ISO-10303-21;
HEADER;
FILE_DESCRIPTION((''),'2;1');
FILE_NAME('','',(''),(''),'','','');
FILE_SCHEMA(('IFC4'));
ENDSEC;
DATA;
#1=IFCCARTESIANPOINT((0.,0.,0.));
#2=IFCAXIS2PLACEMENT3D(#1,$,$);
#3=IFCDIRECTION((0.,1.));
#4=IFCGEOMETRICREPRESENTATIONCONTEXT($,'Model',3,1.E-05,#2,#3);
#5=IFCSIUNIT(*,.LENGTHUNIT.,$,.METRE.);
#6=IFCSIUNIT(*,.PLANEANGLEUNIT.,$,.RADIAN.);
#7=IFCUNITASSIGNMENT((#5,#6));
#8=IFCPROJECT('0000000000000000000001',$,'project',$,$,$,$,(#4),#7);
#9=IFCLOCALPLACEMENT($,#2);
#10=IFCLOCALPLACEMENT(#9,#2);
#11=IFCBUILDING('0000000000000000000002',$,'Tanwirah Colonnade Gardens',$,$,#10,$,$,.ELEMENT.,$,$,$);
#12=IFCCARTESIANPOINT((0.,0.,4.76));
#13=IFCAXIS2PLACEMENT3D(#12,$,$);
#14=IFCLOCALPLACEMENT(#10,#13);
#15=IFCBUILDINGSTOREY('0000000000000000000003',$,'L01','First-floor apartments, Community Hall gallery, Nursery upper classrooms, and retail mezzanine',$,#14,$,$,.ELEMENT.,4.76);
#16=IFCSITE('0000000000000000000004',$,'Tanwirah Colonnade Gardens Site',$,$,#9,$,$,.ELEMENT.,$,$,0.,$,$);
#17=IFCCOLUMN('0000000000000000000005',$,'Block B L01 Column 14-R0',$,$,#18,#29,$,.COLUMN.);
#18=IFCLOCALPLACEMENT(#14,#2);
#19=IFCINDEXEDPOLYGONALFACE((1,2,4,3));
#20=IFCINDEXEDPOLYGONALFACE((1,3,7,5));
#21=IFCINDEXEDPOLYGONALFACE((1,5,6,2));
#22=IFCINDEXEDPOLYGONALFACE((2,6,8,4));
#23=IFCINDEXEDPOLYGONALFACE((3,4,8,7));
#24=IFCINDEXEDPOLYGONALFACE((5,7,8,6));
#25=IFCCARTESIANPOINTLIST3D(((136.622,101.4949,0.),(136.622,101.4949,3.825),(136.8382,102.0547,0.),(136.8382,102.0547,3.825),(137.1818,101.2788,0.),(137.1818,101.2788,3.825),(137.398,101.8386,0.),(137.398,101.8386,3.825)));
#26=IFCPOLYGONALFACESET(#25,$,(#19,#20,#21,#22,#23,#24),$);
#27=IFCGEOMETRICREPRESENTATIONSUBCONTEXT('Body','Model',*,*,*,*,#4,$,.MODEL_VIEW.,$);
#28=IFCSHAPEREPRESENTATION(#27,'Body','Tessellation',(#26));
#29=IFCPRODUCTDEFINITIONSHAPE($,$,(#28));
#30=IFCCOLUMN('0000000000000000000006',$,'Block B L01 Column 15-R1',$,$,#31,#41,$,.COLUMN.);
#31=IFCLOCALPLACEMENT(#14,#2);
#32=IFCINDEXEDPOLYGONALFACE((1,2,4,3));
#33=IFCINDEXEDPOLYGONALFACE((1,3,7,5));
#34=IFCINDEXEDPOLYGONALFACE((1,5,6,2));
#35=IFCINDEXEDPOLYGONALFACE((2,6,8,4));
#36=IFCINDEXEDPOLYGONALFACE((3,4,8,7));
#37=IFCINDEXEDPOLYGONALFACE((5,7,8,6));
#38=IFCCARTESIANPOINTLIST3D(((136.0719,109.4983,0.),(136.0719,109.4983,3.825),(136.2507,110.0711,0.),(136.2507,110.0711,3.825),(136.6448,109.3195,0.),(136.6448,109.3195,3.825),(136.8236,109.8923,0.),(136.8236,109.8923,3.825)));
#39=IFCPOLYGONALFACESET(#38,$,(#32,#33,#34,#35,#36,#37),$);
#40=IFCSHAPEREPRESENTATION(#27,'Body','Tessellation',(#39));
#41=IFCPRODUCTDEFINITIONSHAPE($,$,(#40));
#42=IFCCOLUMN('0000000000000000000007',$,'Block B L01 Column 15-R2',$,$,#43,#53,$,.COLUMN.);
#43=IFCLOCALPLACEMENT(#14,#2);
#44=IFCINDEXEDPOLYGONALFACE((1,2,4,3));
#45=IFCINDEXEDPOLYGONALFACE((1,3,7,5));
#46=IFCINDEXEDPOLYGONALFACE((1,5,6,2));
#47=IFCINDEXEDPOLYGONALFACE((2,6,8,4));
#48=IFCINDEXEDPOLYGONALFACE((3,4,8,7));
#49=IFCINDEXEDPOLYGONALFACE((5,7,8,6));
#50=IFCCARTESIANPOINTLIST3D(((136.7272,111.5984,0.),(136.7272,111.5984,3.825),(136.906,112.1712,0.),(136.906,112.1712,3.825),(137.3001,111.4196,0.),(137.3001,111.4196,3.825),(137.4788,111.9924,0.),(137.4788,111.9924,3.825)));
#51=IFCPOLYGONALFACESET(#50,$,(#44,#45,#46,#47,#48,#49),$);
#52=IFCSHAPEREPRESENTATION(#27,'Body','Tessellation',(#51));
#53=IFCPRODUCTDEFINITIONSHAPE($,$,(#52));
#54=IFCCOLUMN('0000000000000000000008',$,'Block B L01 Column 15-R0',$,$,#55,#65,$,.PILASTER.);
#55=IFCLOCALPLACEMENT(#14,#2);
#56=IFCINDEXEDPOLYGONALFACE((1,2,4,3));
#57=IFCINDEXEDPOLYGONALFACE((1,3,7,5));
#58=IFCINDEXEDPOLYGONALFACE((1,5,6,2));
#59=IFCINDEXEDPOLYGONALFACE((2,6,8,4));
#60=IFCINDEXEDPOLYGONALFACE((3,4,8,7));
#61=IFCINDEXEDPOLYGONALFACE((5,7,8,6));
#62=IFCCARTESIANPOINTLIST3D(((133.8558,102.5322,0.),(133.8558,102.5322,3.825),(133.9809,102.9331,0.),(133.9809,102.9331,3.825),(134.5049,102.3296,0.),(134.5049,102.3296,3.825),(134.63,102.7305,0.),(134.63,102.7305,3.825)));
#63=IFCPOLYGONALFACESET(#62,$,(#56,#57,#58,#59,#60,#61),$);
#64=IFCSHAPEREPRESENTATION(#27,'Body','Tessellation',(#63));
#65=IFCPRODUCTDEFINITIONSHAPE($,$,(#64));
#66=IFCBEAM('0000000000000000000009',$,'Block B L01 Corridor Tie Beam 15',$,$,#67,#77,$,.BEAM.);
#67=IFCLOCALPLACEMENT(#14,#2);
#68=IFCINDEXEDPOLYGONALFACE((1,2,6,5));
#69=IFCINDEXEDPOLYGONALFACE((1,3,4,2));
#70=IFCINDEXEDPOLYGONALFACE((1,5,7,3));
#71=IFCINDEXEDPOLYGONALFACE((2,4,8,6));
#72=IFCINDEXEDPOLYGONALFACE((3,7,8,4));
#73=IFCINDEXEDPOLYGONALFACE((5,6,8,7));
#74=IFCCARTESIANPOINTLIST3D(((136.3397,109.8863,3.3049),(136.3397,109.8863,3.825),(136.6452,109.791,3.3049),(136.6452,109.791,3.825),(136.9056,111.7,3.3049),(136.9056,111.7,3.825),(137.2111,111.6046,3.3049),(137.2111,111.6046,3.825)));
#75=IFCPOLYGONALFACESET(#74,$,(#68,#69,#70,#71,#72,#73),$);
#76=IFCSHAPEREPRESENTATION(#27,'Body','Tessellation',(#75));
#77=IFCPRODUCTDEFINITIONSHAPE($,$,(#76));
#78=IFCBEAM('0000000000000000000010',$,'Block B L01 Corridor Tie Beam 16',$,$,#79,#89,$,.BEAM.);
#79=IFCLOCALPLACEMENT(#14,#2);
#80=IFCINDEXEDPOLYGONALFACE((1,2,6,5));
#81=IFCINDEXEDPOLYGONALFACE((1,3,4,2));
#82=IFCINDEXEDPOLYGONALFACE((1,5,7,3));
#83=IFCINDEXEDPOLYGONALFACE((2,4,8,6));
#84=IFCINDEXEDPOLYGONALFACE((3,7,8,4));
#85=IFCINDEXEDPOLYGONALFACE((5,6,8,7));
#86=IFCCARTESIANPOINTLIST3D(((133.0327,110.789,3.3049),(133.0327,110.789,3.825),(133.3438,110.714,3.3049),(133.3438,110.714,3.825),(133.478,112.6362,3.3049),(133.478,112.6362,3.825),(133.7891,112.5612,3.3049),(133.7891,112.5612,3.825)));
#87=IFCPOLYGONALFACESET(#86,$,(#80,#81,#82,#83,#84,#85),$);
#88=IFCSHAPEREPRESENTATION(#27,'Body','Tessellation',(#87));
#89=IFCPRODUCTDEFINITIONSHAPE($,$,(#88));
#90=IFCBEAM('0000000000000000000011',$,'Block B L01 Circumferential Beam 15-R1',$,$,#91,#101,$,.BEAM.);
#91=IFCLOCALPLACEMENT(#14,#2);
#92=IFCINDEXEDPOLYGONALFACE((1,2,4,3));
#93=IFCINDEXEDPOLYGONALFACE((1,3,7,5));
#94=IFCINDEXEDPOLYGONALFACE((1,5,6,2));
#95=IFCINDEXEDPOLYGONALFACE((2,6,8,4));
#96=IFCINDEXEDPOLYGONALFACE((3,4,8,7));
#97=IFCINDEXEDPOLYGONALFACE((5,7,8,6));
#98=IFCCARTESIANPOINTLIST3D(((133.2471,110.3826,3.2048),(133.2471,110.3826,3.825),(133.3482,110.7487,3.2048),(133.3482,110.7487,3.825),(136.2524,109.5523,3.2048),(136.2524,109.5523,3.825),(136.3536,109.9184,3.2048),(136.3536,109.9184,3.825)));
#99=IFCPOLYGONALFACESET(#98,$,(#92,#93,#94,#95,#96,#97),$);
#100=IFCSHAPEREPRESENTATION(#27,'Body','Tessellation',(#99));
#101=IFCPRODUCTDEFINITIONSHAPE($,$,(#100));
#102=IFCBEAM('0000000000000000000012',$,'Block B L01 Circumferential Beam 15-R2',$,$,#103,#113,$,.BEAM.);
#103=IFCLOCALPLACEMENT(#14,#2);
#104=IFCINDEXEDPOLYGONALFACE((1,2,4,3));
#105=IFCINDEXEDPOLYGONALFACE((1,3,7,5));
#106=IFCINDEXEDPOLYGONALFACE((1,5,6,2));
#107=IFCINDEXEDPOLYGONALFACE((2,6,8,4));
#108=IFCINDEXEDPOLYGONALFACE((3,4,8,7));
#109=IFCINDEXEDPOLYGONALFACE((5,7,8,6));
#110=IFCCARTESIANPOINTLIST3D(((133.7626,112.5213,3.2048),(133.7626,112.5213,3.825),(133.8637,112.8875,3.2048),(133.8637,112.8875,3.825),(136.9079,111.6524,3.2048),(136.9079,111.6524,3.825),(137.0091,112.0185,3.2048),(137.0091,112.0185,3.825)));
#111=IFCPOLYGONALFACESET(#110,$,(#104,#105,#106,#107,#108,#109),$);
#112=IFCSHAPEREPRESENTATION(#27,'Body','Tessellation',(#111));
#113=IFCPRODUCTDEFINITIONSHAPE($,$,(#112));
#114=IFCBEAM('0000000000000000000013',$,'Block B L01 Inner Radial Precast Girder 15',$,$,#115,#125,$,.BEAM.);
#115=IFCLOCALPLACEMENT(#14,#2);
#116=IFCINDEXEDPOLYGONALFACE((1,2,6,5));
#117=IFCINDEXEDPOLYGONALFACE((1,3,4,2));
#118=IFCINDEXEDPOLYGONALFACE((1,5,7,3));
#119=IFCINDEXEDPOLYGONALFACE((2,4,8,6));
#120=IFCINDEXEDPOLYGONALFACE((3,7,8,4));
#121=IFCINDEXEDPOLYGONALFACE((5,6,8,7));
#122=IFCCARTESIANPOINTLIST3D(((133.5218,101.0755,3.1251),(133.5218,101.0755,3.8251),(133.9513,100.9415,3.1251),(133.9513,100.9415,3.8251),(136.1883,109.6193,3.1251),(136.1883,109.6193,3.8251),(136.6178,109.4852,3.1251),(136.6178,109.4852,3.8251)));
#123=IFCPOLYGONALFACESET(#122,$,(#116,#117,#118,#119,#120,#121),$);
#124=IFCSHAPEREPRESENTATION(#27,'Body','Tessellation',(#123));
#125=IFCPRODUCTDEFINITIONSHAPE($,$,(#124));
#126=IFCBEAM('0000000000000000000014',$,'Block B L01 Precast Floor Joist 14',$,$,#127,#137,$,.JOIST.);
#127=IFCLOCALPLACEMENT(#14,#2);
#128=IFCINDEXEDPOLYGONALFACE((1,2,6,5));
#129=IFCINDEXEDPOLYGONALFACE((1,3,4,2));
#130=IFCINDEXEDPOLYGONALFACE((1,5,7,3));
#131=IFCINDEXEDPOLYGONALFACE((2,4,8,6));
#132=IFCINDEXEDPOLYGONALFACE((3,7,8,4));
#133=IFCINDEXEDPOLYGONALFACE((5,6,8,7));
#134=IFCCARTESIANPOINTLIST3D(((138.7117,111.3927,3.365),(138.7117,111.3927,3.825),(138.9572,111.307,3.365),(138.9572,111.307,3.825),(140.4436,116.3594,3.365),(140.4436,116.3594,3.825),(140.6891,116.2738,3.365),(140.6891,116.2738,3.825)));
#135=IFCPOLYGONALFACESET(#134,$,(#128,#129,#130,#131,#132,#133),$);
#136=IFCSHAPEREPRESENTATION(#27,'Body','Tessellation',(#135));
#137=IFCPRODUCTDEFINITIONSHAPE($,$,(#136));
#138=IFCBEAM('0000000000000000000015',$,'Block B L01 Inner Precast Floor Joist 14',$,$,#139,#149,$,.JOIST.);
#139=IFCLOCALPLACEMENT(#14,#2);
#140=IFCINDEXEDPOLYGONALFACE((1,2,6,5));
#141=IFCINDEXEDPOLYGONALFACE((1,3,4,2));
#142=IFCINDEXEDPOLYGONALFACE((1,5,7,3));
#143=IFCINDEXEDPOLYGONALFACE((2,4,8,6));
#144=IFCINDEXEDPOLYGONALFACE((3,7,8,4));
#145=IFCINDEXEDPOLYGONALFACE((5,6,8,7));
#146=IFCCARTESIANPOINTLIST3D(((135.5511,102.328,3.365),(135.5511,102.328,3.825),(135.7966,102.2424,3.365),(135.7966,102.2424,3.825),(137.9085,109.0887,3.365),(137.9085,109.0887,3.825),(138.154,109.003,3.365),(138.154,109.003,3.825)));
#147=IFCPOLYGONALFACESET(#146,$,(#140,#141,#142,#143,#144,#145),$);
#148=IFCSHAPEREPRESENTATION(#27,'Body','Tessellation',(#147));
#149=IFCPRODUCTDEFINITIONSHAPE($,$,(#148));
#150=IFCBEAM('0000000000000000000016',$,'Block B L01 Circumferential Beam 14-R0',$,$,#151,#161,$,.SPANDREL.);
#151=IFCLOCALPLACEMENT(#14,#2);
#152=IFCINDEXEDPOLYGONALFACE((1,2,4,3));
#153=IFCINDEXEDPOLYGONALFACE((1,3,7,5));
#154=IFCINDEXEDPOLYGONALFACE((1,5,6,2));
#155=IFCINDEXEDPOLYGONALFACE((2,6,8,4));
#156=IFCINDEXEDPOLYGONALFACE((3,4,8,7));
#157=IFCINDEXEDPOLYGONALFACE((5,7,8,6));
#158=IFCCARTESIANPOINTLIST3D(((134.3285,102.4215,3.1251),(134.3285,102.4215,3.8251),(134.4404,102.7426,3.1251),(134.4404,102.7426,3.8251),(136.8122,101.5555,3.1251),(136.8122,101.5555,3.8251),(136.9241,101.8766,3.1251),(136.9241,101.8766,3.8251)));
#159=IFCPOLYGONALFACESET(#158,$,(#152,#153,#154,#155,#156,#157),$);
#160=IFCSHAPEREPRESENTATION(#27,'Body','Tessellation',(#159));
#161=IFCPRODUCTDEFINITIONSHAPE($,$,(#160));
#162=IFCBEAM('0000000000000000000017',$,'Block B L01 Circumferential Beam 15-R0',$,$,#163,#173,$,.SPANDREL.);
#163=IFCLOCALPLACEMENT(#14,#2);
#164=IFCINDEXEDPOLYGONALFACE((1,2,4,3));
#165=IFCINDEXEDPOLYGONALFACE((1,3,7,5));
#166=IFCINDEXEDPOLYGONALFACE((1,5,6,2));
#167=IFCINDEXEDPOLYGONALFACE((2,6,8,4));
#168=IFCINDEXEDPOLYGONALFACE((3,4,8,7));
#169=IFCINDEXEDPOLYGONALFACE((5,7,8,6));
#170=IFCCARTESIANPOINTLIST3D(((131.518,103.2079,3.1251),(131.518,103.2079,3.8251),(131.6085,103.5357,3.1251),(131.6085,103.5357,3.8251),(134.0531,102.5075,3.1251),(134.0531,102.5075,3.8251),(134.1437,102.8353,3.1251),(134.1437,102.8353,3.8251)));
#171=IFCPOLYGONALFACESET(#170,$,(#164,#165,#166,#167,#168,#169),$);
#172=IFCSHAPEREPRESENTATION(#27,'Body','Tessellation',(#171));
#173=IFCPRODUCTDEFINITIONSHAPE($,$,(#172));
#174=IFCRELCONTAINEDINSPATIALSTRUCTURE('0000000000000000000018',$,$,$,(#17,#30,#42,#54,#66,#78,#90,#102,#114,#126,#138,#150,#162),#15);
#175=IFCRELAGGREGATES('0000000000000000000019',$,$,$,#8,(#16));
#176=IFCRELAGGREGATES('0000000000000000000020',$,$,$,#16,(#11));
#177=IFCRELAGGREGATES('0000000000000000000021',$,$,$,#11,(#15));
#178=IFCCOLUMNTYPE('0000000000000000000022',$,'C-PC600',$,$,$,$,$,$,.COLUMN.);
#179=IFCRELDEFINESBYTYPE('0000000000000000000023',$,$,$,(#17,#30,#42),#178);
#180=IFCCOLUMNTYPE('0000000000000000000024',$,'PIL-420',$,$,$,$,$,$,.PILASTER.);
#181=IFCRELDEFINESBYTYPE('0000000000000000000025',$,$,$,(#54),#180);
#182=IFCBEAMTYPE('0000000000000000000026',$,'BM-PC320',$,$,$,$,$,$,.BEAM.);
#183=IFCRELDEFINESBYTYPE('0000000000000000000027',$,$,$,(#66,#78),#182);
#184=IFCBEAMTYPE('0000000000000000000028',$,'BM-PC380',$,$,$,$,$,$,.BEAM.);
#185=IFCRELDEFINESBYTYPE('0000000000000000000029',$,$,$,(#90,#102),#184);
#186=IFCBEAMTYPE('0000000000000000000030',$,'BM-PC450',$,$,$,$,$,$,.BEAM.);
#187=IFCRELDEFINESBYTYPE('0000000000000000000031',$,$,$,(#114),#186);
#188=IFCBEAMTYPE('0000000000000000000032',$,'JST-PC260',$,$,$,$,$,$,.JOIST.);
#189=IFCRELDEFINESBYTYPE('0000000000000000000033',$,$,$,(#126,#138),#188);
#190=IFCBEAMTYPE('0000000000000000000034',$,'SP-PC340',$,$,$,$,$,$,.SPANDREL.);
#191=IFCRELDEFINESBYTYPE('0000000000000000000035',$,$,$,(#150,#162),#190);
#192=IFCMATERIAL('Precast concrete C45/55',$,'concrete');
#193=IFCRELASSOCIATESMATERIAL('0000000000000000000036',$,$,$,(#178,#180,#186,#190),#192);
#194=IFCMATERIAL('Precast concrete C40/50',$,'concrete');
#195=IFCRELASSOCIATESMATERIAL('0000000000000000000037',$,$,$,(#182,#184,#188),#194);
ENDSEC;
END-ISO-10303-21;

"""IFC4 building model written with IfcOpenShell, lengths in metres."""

from ifc_helpers import new_model, si_unit, direction, frame, origin, origin_2d, place, context, subcontext, project, spatial, rectangle, extrude, material, material_profile, profile_set, type_object, element, save


model = new_model("IFC4")

# Units and contexts
model_context = context("Model", 3, precision=1e-05, world=origin(), true_north=direction((0.0, 1.0)))
body_context = subcontext(model_context, "Body", "Model", "MODEL_VIEW")
ifc_project = project(units=[si_unit("LENGTHUNIT", "METRE"), si_unit("PLANEANGLEUNIT", "RADIAN")], contexts=[model_context])

# Site, building, storey
site_placement = place(None, origin())
site = spatial("IfcSite", under=ifc_project, at=site_placement, Name="Tanwirah Colonnade Gardens Site", CompositionType="ELEMENT", RefElevation=0.0)
building_placement = place(site_placement, origin())
building = spatial("IfcBuilding", under=site, at=building_placement, Name="Tanwirah Colonnade Gardens", CompositionType="ELEMENT")
storey_placement = place(building_placement, frame((0.0, 0.0, 4.76)))
storey = spatial("IfcBuildingStorey", under=building, at=storey_placement, Name="L01", Description="First-floor apartments, Community Hall gallery, Nursery upper classrooms, and retail mezzanine", CompositionType="ELEMENT", Elevation=4.76)

# Columns
ifc_material_1 = material(Name="Precast concrete C45/55", Category="concrete")
ifc_material_profile_1 = material_profile(ifc_material_1, rectangle(XDim=0.6001, YDim=0.6001, at=origin_2d()), Name="PC-COL 600x600")
ifc_profile_set_1 = profile_set([ifc_material_profile_1], Name="Precast concrete C45/55")
column_type_1 = type_object("IfcColumnType", Name="C-PC600", PredefinedType="COLUMN", material=ifc_profile_set_1)
for number, where, z_axis, x_axis, name in (
    (1, (137.01, 101.6667, 0.0), (0.0, 0.0, 1.0), (0.360178, 0.932884, 0.0), "Block B L01 Column 14-R0"),
    (2, (136.4478, 109.6953, 0.0), (0.0, 0.0, 1.0), (0.29793, 0.954588, 0.0), "Block B L01 Column 15-R1"),
    (3, (137.103, 111.7954, 0.0), (0.0, 0.0, 1.0), (0.29793, 0.954588, 0.0), "Block B L01 Column 15-R2"),
):
    element("IfcColumn", number, at=place(storey_placement, frame(where, z_axis=z_axis, x_axis=x_axis)), inside=storey, type_object=column_type_1, Name=name, PredefinedType="COLUMN", context=body_context, shape_type="SweptSolid", body=[
        extrude(rectangle(XDim=0.6001, YDim=0.6001, at=origin_2d()), origin(), (0.0, 0.0, 1.0), 3.825),
    ])
ifc_material_profile_2 = material_profile(ifc_material_1, rectangle(XDim=0.4199, YDim=0.6799, at=origin_2d()), Name="PC-PIL 420x680")
ifc_profile_set_2 = profile_set([ifc_material_profile_2], Name="Precast concrete C45/55")
column_type_2 = type_object("IfcColumnType", Name="PIL-420", PredefinedType="PILASTER", material=ifc_profile_set_2)
column_placement = place(storey_placement, frame((134.2429, 102.6313, 0.0), z_axis=(0.0, 0.0, 1.0), x_axis=(0.29793, 0.954588, 0.0)))
element("IfcColumn", 4, at=column_placement, inside=storey, type_object=column_type_2, Name="Block B L01 Column 15-R0", PredefinedType="PILASTER", context=body_context, shape_type="SweptSolid", body=[
    extrude(rectangle(XDim=0.4199, YDim=0.6799, at=origin_2d()), origin(), (0.0, 0.0, 1.0), 3.825),
])

# Beams
ifc_material_2 = material(Name="Precast concrete C40/50", Category="concrete")
ifc_material_profile_3 = material_profile(ifc_material_2, rectangle(XDim=0.3201, YDim=0.52, at=origin_2d()), Name="PC-BM 320x520")
ifc_profile_set_3 = profile_set([ifc_material_profile_3], Name="Precast concrete C40/50")
beam_type_1 = type_object("IfcBeamType", Name="BM-PC320", PredefinedType="BEAM", material=ifc_profile_set_3)
beam_1_placement = place(storey_placement, frame((136.4924, 109.8386, 3.5649), z_axis=(0.297858, 0.95461, 0.0), x_axis=(-0.95461, 0.297858, 0.0)))
element("IfcBeam", 5, at=beam_1_placement, inside=storey, type_object=beam_type_1, Name="Block B L01 Corridor Tie Beam 15", PredefinedType="BEAM", context=body_context, shape_type="SweptSolid", body=[
    extrude(rectangle(XDim=0.3201, YDim=0.52, at=origin_2d()), origin(), (0.0, 0.0, 1.0), 1.8999),
])
beam_2_placement = place(storey_placement, frame((133.1882, 110.7515, 3.5649), z_axis=(0.234364, 0.972149, 0.0), x_axis=(-0.972149, 0.234364, 0.0)))
element("IfcBeam", 6, at=beam_2_placement, inside=storey, type_object=beam_type_1, Name="Block B L01 Corridor Tie Beam 16", PredefinedType="BEAM", context=body_context, shape_type="SweptSolid", body=[
    extrude(rectangle(XDim=0.3201, YDim=0.52, at=origin_2d()), origin(), (0.0, 0.0, 1.0), 1.9001),
])
ifc_material_profile_4 = material_profile(ifc_material_2, rectangle(XDim=0.3799, YDim=0.6201, at=origin_2d()), Name="PC-BM 380x620")
ifc_profile_set_4 = profile_set([ifc_material_profile_4], Name="Precast concrete C40/50")
beam_type_2 = type_object("IfcBeamType", Name="BM-PC380", PredefinedType="BEAM", material=ifc_profile_set_4)
beam_3_placement = place(storey_placement, frame((136.303, 109.7354, 3.5149), z_axis=(-0.963889, 0.266303, 0.0), x_axis=(-0.266303, -0.963889, 0.0)))
element("IfcBeam", 7, at=beam_3_placement, inside=storey, type_object=beam_type_2, Name="Block B L01 Circumferential Beam 15-R1", PredefinedType="BEAM", context=body_context, shape_type="SweptSolid", body=[
    extrude(rectangle(XDim=0.3799, YDim=0.6201, at=origin_2d()), origin(), (0.0, 0.0, 1.0), 3.1179),
])
beam_4_placement = place(storey_placement, frame((136.9585, 111.8354, 3.5149), z_axis=(-0.963895, 0.266281, 0.0), x_axis=(-0.266281, -0.963895, 0.0)))
element("IfcBeam", 8, at=beam_4_placement, inside=storey, type_object=beam_type_2, Name="Block B L01 Circumferential Beam 15-R2", PredefinedType="BEAM", context=body_context, shape_type="SweptSolid", body=[
    extrude(rectangle(XDim=0.3799, YDim=0.6201, at=origin_2d()), origin(), (0.0, 0.0, 1.0), 3.2632),
])
ifc_material_profile_5 = material_profile(ifc_material_1, rectangle(XDim=0.45, YDim=0.7, at=origin_2d()), Name="PC-BM 450x700")
ifc_profile_set_5 = profile_set([ifc_material_profile_5], Name="Precast concrete C45/55")
beam_type_3 = type_object("IfcBeamType", Name="BM-PC450", PredefinedType="BEAM", material=ifc_profile_set_5)
beam_5_placement = place(storey_placement, frame((136.4031, 109.5522, 3.4751), z_axis=(-0.297929, -0.954588, 0.0), x_axis=(0.954588, -0.297929, 0.0)))
element("IfcBeam", 9, at=beam_5_placement, inside=storey, type_object=beam_type_3, Name="Block B L01 Inner Radial Precast Girder 15", PredefinedType="BEAM", context=body_context, shape_type="SweptSolid", body=[
    extrude(rectangle(XDim=0.45, YDim=0.7, at=origin_2d()), origin(), (0.0, 0.0, 1.0), 8.9502),
])
ifc_material_profile_6 = material_profile(ifc_material_2, rectangle(XDim=0.26, YDim=0.46, at=origin_2d()), Name="PC-JST 260x460")
ifc_profile_set_6 = profile_set([ifc_material_profile_6], Name="Precast concrete C40/50")
beam_type_4 = type_object("IfcBeamType", Name="JST-PC260", PredefinedType="JOIST", material=ifc_profile_set_6)
beam_6_placement = place(storey_placement, frame((138.8345, 111.3499, 3.595), z_axis=(0.329259, 0.94424, 0.0), x_axis=(-0.94424, 0.329259, 0.0)))
element("IfcBeam", 10, at=beam_6_placement, inside=storey, type_object=beam_type_4, Name="Block B L01 Precast Floor Joist 14", PredefinedType="JOIST", context=body_context, shape_type="SweptSolid", body=[
    extrude(rectangle(XDim=0.26, YDim=0.46, at=origin_2d()), origin(), (0.0, 0.0, 1.0), 5.26),
])
beam_7_placement = place(storey_placement, frame((135.6738, 102.2852, 3.595), z_axis=(0.329251, 0.944243, 0.0), x_axis=(-0.944243, 0.329251, 0.0)))
element("IfcBeam", 11, at=beam_7_placement, inside=storey, type_object=beam_type_4, Name="Block B L01 Inner Precast Floor Joist 14", PredefinedType="JOIST", context=body_context, shape_type="SweptSolid", body=[
    extrude(rectangle(XDim=0.26, YDim=0.46, at=origin_2d()), origin(), (0.0, 0.0, 1.0), 7.1599),
])
ifc_material_profile_7 = material_profile(ifc_material_1, rectangle(XDim=0.3401, YDim=0.7, at=origin_2d()), Name="PC-SP 340x700")
ifc_profile_set_7 = profile_set([ifc_material_profile_7], Name="Precast concrete C45/55")
beam_type_5 = type_object("IfcBeamType", Name="SP-PC340", PredefinedType="SPANDREL", material=ifc_profile_set_7)
beam_8_placement = place(storey_placement, frame((136.8682, 101.7161, 3.4751), z_axis=(-0.94425, 0.32923, 0.0), x_axis=(-0.32923, -0.94425, 0.0)))
element("IfcBeam", 12, at=beam_8_placement, inside=storey, type_object=beam_type_5, Name="Block B L01 Circumferential Beam 14-R0", PredefinedType="SPANDREL", context=body_context, shape_type="SweptSolid", body=[
    extrude(rectangle(XDim=0.3401, YDim=0.7, at=origin_2d()), origin(), (0.0, 0.0, 1.0), 2.6304),
])
beam_9_placement = place(storey_placement, frame((134.0984, 102.6714, 3.4751), z_axis=(-0.963887, 0.266313, 0.0), x_axis=(-0.266313, -0.963887, 0.0)))
element("IfcBeam", 13, at=beam_9_placement, inside=storey, type_object=beam_type_5, Name="Block B L01 Circumferential Beam 15-R0", PredefinedType="SPANDREL", context=body_context, shape_type="SweptSolid", body=[
    extrude(rectangle(XDim=0.3401, YDim=0.7, at=origin_2d()), origin(), (0.0, 0.0, 1.0), 2.6301),
])

save(model, "model.ifc")
